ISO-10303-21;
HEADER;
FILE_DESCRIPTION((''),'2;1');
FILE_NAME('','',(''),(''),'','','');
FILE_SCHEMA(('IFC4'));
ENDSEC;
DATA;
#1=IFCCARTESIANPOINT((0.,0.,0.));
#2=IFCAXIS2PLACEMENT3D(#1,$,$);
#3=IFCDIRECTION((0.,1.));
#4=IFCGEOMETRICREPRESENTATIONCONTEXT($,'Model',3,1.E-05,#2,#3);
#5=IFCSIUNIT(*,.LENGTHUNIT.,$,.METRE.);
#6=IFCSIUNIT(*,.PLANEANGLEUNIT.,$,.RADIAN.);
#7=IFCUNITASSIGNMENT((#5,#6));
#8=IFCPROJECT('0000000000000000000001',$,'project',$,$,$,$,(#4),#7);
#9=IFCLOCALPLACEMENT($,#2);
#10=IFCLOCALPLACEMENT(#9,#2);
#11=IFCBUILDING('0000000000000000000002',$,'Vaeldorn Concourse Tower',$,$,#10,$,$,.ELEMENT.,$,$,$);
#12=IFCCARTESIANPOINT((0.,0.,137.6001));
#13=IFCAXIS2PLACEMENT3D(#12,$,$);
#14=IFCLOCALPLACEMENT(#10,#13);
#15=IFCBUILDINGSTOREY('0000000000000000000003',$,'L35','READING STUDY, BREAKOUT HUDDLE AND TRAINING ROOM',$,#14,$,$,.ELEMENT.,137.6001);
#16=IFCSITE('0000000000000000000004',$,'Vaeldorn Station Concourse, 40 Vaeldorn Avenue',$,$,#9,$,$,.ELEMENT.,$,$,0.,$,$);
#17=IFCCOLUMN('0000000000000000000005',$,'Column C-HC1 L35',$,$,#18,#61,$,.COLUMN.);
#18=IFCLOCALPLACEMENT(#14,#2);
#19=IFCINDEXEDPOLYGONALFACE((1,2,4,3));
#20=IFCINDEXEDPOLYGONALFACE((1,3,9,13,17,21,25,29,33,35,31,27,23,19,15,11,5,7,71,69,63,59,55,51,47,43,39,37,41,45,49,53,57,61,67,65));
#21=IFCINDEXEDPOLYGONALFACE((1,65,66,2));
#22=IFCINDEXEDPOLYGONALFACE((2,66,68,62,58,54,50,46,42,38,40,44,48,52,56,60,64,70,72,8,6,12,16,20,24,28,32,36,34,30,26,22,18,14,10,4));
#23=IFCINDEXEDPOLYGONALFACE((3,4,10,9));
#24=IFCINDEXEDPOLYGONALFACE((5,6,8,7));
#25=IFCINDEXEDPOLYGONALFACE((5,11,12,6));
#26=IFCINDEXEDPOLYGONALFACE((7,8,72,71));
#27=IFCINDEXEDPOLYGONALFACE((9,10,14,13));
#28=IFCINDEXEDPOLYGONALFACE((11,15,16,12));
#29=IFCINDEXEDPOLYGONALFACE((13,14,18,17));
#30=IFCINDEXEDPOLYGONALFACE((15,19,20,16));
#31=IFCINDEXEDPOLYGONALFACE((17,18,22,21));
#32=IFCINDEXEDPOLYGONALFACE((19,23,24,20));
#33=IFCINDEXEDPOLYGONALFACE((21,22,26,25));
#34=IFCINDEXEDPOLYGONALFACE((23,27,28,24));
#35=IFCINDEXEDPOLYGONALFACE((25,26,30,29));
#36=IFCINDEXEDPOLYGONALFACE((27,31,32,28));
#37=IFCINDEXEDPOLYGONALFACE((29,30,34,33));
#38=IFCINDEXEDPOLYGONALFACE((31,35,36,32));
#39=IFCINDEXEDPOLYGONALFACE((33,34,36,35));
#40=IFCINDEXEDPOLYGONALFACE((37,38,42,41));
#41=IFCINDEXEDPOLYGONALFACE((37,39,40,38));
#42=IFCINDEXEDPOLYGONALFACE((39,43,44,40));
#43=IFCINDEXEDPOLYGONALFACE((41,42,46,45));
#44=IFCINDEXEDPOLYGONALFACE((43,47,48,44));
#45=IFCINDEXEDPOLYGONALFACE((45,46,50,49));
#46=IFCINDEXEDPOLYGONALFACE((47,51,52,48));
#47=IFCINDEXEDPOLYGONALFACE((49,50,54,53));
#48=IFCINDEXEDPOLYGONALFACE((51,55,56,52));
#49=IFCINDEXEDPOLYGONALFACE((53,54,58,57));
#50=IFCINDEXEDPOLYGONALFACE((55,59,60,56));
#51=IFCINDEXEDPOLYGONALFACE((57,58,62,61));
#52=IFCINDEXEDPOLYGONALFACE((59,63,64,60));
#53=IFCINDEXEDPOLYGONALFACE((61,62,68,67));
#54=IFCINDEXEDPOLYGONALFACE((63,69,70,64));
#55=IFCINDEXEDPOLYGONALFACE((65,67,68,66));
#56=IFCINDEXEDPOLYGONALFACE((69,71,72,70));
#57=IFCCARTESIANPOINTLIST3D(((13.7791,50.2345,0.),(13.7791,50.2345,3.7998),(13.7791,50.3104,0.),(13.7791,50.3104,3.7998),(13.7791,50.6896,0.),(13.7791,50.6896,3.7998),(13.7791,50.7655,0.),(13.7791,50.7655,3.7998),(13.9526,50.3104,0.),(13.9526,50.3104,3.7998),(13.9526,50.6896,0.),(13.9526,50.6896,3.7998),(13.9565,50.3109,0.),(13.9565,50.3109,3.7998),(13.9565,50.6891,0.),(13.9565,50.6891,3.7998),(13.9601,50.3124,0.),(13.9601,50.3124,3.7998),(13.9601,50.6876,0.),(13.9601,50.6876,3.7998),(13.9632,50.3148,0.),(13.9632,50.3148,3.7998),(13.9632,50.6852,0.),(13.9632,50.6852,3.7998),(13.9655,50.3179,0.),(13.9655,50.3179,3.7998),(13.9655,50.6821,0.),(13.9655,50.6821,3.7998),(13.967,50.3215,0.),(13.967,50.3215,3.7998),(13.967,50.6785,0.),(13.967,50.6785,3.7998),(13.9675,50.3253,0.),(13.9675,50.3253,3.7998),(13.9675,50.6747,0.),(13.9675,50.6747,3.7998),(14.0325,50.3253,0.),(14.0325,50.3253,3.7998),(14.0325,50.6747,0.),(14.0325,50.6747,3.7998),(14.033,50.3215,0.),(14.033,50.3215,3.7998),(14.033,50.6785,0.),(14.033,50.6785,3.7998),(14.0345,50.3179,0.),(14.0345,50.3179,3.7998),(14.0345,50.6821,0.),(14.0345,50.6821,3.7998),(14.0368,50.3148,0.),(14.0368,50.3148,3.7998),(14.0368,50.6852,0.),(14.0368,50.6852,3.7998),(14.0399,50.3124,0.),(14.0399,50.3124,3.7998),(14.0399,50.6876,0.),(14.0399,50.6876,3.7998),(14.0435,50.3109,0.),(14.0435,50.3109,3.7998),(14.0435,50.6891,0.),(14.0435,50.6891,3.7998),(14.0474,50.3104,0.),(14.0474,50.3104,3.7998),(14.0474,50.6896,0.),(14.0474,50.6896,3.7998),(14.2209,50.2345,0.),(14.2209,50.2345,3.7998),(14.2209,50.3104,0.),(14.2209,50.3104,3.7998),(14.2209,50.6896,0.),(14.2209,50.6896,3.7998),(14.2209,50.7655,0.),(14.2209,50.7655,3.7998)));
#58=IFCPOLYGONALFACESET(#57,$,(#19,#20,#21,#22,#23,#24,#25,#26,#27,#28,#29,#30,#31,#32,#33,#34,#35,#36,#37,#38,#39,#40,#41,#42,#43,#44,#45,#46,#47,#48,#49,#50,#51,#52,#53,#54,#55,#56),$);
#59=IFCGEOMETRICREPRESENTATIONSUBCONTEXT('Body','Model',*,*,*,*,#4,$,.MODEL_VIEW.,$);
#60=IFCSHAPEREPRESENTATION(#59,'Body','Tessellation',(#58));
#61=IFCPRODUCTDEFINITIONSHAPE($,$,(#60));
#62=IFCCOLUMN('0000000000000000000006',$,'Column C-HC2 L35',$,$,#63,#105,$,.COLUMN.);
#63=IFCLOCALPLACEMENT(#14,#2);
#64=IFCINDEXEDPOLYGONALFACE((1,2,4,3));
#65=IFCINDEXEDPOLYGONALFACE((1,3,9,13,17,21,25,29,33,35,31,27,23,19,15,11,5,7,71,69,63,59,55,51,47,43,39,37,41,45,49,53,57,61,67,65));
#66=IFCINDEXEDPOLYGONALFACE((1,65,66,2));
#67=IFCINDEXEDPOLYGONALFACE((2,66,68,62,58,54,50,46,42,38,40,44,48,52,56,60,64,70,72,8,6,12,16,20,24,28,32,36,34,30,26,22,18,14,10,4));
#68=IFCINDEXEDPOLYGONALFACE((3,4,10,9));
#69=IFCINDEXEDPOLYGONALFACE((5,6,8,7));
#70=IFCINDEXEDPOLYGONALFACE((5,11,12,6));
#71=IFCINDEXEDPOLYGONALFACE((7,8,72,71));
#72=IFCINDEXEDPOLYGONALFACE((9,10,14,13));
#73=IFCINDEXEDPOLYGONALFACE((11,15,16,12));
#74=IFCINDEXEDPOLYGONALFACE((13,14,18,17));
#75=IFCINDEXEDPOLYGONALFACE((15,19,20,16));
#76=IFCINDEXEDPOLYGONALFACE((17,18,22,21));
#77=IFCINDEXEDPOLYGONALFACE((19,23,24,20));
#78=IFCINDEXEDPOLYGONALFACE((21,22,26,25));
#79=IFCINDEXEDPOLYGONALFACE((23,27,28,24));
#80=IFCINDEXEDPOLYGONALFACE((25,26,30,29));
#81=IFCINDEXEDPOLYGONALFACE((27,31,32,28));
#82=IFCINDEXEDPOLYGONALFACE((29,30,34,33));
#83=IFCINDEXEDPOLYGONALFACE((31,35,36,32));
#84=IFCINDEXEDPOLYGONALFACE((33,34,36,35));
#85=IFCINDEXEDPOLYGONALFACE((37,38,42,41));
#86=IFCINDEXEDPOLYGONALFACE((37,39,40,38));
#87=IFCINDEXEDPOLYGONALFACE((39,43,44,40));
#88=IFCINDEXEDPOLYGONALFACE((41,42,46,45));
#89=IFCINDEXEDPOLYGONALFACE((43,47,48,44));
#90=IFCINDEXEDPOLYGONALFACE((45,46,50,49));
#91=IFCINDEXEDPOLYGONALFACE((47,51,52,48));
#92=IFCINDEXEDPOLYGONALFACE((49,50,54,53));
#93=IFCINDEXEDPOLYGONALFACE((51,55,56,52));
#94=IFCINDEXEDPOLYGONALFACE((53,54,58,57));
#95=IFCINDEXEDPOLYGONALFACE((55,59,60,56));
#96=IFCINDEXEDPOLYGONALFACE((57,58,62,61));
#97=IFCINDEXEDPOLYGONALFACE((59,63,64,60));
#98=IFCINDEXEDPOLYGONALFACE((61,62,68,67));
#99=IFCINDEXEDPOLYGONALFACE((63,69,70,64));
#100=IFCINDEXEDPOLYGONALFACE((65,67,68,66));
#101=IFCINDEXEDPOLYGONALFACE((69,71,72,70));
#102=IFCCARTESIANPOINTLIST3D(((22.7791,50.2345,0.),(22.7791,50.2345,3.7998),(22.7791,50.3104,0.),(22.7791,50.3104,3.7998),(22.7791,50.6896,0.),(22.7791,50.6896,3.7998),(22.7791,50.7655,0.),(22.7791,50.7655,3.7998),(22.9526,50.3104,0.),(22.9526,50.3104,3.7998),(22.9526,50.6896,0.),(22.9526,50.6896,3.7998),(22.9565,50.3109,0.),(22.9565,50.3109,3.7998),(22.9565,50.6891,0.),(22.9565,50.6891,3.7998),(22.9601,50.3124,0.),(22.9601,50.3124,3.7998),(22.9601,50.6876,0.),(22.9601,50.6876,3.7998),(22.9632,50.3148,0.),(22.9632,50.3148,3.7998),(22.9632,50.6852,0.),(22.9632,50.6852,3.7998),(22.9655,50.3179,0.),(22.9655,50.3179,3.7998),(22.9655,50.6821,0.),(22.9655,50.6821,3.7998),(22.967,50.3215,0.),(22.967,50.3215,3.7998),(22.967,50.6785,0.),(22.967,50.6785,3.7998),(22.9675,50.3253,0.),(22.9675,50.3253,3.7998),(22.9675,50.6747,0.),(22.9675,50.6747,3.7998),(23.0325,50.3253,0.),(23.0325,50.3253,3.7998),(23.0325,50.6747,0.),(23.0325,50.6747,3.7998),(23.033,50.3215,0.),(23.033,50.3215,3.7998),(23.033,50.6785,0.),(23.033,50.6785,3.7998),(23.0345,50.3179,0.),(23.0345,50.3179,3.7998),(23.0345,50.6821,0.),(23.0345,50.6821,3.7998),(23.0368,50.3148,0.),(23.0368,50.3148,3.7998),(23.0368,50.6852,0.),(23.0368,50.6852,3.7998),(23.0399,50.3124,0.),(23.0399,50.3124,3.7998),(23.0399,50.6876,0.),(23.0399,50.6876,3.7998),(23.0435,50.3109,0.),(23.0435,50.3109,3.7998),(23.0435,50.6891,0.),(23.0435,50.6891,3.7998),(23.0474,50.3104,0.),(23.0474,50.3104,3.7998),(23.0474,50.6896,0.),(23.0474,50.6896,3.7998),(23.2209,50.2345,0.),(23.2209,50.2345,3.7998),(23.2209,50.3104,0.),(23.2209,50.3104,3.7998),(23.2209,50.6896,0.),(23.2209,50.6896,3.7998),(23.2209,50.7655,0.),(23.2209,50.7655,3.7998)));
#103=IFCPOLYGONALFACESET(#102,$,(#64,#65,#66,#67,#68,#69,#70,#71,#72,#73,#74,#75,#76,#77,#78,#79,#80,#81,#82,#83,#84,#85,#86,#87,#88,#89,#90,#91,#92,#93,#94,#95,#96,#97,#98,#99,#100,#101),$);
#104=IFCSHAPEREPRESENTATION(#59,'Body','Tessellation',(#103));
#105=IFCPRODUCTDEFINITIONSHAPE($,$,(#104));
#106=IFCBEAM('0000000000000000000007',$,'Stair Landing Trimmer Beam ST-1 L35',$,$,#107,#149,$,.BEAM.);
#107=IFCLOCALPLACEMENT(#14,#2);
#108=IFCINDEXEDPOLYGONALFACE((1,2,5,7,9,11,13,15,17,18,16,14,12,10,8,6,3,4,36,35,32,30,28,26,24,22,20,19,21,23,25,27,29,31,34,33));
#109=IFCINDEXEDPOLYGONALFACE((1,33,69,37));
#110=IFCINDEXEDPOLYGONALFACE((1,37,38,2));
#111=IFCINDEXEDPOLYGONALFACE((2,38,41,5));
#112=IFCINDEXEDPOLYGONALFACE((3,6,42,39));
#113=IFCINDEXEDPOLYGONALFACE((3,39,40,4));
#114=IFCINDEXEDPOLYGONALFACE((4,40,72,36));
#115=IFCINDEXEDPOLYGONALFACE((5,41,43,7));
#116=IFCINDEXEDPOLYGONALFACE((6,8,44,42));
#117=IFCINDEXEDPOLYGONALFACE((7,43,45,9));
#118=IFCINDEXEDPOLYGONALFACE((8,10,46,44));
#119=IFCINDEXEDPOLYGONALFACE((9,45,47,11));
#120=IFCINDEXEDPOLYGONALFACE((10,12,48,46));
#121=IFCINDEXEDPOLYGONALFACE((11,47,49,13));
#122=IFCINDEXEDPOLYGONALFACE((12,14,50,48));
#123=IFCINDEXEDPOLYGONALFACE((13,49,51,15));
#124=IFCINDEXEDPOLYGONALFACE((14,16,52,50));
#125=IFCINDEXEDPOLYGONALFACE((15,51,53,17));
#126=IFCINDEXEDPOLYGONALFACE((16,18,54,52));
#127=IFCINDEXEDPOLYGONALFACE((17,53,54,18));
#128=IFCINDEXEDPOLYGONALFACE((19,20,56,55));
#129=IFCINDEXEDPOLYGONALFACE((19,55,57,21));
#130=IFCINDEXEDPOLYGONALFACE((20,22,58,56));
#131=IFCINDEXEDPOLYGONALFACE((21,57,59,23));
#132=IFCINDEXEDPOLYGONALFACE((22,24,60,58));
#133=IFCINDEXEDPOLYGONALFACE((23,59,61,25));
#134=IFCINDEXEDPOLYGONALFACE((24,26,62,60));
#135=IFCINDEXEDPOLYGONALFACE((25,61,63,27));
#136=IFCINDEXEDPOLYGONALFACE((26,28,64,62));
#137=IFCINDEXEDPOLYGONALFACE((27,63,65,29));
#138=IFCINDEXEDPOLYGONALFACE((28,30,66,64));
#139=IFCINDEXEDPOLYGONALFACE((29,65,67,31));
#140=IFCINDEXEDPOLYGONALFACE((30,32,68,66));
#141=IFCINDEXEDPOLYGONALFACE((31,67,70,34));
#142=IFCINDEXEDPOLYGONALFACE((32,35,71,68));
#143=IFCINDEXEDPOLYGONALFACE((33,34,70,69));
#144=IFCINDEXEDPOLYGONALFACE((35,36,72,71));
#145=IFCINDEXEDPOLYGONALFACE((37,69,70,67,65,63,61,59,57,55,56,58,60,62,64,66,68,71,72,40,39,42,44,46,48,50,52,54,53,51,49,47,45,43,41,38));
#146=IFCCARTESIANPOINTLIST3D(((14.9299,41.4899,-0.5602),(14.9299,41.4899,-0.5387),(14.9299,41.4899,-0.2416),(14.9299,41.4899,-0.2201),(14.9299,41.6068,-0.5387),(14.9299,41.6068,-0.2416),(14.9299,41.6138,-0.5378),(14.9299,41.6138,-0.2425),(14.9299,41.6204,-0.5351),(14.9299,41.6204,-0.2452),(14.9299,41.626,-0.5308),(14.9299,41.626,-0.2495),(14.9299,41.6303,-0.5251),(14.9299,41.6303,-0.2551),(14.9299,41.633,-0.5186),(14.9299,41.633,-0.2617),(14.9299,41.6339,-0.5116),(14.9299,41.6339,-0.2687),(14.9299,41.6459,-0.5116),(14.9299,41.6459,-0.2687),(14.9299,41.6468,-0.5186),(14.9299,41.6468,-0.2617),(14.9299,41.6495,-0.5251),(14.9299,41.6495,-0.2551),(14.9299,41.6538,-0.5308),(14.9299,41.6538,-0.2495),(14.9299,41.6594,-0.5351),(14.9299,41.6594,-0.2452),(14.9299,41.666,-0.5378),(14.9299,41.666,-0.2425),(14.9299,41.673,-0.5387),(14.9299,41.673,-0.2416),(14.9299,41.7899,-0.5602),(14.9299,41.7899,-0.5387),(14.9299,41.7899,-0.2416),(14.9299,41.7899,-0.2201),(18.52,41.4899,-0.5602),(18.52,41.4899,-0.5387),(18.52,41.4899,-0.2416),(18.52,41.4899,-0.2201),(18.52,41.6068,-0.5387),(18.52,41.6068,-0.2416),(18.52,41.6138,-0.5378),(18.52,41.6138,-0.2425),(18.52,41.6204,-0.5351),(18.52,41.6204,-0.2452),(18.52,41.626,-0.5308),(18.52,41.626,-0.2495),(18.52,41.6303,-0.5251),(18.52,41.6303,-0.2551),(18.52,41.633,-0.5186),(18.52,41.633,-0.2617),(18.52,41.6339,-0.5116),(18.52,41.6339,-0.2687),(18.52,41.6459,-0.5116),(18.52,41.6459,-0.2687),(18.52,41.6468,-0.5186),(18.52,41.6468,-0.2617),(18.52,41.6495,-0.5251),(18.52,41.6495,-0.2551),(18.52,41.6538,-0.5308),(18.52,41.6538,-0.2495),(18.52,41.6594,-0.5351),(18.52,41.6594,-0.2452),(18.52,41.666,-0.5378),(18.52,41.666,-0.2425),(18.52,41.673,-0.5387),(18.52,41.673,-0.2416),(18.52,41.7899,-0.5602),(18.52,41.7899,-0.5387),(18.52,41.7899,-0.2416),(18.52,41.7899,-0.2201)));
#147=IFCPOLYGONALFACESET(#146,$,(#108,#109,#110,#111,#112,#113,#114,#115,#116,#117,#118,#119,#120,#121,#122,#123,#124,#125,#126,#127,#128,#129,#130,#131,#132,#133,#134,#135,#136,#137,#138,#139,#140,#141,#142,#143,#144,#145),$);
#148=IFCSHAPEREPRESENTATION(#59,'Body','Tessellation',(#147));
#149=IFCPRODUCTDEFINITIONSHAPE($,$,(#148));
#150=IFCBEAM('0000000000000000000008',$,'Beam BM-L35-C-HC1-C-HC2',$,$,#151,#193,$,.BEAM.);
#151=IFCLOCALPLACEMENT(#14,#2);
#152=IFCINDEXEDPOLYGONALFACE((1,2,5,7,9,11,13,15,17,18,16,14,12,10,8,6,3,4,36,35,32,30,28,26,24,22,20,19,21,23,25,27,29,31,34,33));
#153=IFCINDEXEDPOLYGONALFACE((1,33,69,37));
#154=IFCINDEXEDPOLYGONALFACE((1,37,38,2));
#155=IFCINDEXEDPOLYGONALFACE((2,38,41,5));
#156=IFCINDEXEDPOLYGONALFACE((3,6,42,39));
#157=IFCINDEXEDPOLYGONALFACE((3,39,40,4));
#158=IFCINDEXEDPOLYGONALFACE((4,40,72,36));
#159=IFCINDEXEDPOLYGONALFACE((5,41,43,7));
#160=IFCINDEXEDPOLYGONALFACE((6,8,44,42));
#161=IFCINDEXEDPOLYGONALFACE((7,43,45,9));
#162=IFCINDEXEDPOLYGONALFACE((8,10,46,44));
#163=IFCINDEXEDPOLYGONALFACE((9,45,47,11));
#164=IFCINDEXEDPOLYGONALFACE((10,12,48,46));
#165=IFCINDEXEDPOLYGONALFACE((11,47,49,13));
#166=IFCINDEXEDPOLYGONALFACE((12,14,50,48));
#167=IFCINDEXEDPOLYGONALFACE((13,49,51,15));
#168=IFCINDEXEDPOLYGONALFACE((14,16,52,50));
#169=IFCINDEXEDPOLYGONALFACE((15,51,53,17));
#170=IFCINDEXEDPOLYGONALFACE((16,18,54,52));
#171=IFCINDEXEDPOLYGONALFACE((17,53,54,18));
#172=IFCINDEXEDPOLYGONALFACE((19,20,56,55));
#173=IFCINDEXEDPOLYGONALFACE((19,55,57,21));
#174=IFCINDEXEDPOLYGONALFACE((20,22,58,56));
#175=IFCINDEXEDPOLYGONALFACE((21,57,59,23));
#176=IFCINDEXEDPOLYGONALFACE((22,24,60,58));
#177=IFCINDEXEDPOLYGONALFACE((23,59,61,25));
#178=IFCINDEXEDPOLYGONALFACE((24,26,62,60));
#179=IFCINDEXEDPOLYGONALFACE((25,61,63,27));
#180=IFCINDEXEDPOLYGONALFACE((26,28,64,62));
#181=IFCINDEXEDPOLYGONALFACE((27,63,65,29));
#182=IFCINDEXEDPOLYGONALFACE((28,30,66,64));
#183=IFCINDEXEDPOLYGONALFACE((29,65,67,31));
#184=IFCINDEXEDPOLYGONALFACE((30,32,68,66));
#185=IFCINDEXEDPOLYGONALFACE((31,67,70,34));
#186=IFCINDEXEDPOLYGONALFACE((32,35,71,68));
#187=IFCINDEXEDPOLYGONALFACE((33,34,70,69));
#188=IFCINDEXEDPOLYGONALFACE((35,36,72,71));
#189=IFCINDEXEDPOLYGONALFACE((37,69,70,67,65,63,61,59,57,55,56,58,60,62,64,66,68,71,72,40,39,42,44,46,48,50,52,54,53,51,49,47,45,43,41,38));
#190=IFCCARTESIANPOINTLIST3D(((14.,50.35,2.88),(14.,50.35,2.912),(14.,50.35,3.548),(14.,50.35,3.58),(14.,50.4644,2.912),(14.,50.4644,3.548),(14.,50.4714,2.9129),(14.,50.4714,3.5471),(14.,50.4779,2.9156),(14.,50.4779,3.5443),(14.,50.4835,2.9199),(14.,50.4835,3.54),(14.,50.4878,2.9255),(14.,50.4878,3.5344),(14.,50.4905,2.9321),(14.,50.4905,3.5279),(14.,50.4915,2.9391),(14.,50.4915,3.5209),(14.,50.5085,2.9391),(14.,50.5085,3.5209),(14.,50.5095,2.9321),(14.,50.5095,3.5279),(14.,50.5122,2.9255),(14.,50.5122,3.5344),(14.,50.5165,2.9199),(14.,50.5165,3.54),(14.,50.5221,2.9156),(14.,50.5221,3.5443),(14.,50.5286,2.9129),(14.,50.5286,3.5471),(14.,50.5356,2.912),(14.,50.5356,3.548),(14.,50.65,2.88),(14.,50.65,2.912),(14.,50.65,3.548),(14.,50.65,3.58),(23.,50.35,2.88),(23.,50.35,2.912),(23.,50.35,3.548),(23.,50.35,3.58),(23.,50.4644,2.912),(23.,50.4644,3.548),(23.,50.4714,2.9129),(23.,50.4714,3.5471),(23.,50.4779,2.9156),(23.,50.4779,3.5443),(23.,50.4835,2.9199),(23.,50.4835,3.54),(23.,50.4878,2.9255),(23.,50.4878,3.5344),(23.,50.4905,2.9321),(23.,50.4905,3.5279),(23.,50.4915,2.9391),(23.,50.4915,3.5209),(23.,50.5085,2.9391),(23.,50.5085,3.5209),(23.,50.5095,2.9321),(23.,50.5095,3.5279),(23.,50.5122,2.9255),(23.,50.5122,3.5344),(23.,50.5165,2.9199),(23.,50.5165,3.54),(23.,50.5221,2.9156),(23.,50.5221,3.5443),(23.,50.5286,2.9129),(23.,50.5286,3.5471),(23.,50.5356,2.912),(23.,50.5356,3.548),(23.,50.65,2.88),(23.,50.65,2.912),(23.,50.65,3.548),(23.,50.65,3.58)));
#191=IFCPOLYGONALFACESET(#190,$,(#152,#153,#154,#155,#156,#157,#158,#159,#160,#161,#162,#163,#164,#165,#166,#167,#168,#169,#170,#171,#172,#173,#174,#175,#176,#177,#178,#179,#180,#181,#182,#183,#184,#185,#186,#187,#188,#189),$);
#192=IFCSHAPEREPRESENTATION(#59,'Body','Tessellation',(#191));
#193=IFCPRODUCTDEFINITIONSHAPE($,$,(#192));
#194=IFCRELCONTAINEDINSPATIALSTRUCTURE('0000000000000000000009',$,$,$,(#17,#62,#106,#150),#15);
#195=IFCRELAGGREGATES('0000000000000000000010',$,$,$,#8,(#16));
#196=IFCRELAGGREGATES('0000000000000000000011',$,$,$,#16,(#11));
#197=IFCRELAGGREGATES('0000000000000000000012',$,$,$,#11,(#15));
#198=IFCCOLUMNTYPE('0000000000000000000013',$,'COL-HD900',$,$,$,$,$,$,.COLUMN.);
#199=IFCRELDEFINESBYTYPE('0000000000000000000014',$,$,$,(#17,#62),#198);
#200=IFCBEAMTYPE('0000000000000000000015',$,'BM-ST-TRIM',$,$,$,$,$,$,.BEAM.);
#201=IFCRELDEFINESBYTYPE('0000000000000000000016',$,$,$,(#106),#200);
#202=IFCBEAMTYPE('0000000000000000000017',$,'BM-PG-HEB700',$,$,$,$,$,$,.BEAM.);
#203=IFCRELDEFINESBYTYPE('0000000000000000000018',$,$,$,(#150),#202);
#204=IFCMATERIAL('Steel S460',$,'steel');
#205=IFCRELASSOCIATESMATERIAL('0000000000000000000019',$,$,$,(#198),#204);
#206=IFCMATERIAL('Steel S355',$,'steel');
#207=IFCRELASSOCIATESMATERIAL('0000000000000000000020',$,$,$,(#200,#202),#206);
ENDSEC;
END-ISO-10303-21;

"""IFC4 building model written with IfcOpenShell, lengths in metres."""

from ifc_helpers import new_model, si_unit, direction, frame, origin, origin_2d, place, context, subcontext, project, spatial, i_section, extrude, source, transform, mapped, material, material_profile, profile_set, type_object, element, save


model = new_model("IFC4")

# Units and contexts
model_context = context("Model", 3, precision=1e-05, world=origin(), true_north=direction((0.0, 1.0)))
body_context = subcontext(model_context, "Body", "Model", "MODEL_VIEW")
ifc_project = project(units=[si_unit("LENGTHUNIT", "METRE"), si_unit("PLANEANGLEUNIT", "RADIAN")], contexts=[model_context])

# Site, building, storey
site_placement = place(None, origin())
site = spatial("IfcSite", under=ifc_project, at=site_placement, Name="Vaeldorn Station Concourse, 40 Vaeldorn Avenue", CompositionType="ELEMENT", RefElevation=0.0)
building_placement = place(site_placement, origin())
building = spatial("IfcBuilding", under=site, at=building_placement, Name="Vaeldorn Concourse Tower", CompositionType="ELEMENT")
storey_placement = place(building_placement, frame((0.0, 0.0, 137.6001)))
storey = spatial("IfcBuildingStorey", under=building, at=storey_placement, Name="L35", Description="READING STUDY, BREAKOUT HUDDLE AND TRAINING ROOM", CompositionType="ELEMENT", Elevation=137.6001)

# Columns
ifc_material_1 = material(Name="Steel S460", Category="steel")
ifc_material_profile_1 = material_profile(ifc_material_1, i_section(OverallWidth=0.4419, OverallDepth=0.531, WebThickness=0.0649, FlangeThickness=0.0759, FilletRadius=0.0149, at=origin_2d()), Name="HD 400x900")
ifc_profile_set_1 = profile_set([ifc_material_profile_1], Name="Steel S460")
column_type = type_object("IfcColumnType", Name="COL-HD900", PredefinedType="COLUMN", material=ifc_profile_set_1)
shared_shape_1 = source(origin(), body_context, "Body", "SweptSolid", [
    extrude(i_section(OverallWidth=0.4419, OverallDepth=0.531, WebThickness=0.0649, FlangeThickness=0.0759, FilletRadius=0.0149, at=origin_2d()), origin(), (0.0, 0.0, 1.0), 3.7998),
])
for number, where, z_axis, x_axis, name in (
    (1, (14.0, 50.5, 0.0), (0.0, 0.0, 1.0), (1.0, 0.0, 0.0), "Column C-HC1 L35"),
    (2, (23.0, 50.5, 0.0), (0.0, 0.0, 1.0), (1.0, 0.0, 0.0), "Column C-HC2 L35"),
):
    element("IfcColumn", number, at=place(storey_placement, frame(where, z_axis=z_axis, x_axis=x_axis)), inside=storey, type_object=column_type, Name=name, PredefinedType="COLUMN", context=body_context, shape_type="MappedRepresentation", body=[
        mapped(shared_shape_1, transform((0.0, 0.0, 0.0), scale=1.0)),
    ])

# Beams
ifc_material_2 = material(Name="Steel S355", Category="steel")
ifc_material_profile_2 = material_profile(ifc_material_2, i_section(OverallWidth=0.3, OverallDepth=0.3401, WebThickness=0.012, FlangeThickness=0.0215, FilletRadius=0.0271, at=origin_2d()), Name="HEB 340")
ifc_profile_set_2 = profile_set([ifc_material_profile_2], Name="Steel S355")
beam_type_1 = type_object("IfcBeamType", Name="BM-ST-TRIM", PredefinedType="BEAM", material=ifc_profile_set_2)
shared_shape_2 = source(origin(), body_context, "Body", "SweptSolid", [
    extrude(i_section(OverallWidth=0.3, OverallDepth=0.3401, WebThickness=0.012, FlangeThickness=0.0215, FilletRadius=0.0271, at=origin_2d()), origin(), (0.0, 0.0, 1.0), 3.5901),
])
beam_1_placement = place(storey_placement, frame((14.9299, 41.6399, -0.3901), z_axis=(1.0, 0.0, 0.0), x_axis=(0.0, 1.0, 0.0)))
element("IfcBeam", 3, at=beam_1_placement, inside=storey, type_object=beam_type_1, Name="Stair Landing Trimmer Beam ST-1 L35", PredefinedType="BEAM", context=body_context, shape_type="MappedRepresentation", body=[
    mapped(shared_shape_2, transform((0.0, 0.0, 0.0), scale=1.0)),
])
ifc_material_profile_3 = material_profile(ifc_material_2, i_section(OverallWidth=0.3, OverallDepth=0.7, WebThickness=0.0171, FlangeThickness=0.032, FilletRadius=0.0271, at=origin_2d()), Name="HEB 700")
ifc_profile_set_3 = profile_set([ifc_material_profile_3], Name="Steel S355")
beam_type_2 = type_object("IfcBeamType", Name="BM-PG-HEB700", PredefinedType="BEAM", material=ifc_profile_set_3)
shared_shape_3 = source(origin(), body_context, "Body", "SweptSolid", [
    extrude(i_section(OverallWidth=0.3, OverallDepth=0.7, WebThickness=0.0171, FlangeThickness=0.032, FilletRadius=0.0271, at=origin_2d()), origin(), (0.0, 0.0, 1.0), 9.0),
])
beam_2_placement = place(storey_placement, frame((14.0, 50.5, 3.23), z_axis=(1.0, 0.0, 0.0), x_axis=(0.0, 1.0, 0.0)))
element("IfcBeam", 4, at=beam_2_placement, inside=storey, type_object=beam_type_2, Name="Beam BM-L35-C-HC1-C-HC2", PredefinedType="BEAM", context=body_context, shape_type="MappedRepresentation", body=[
    mapped(shared_shape_3, transform((0.0, 0.0, 0.0), scale=1.0)),
])

save(model, "model.ifc")
